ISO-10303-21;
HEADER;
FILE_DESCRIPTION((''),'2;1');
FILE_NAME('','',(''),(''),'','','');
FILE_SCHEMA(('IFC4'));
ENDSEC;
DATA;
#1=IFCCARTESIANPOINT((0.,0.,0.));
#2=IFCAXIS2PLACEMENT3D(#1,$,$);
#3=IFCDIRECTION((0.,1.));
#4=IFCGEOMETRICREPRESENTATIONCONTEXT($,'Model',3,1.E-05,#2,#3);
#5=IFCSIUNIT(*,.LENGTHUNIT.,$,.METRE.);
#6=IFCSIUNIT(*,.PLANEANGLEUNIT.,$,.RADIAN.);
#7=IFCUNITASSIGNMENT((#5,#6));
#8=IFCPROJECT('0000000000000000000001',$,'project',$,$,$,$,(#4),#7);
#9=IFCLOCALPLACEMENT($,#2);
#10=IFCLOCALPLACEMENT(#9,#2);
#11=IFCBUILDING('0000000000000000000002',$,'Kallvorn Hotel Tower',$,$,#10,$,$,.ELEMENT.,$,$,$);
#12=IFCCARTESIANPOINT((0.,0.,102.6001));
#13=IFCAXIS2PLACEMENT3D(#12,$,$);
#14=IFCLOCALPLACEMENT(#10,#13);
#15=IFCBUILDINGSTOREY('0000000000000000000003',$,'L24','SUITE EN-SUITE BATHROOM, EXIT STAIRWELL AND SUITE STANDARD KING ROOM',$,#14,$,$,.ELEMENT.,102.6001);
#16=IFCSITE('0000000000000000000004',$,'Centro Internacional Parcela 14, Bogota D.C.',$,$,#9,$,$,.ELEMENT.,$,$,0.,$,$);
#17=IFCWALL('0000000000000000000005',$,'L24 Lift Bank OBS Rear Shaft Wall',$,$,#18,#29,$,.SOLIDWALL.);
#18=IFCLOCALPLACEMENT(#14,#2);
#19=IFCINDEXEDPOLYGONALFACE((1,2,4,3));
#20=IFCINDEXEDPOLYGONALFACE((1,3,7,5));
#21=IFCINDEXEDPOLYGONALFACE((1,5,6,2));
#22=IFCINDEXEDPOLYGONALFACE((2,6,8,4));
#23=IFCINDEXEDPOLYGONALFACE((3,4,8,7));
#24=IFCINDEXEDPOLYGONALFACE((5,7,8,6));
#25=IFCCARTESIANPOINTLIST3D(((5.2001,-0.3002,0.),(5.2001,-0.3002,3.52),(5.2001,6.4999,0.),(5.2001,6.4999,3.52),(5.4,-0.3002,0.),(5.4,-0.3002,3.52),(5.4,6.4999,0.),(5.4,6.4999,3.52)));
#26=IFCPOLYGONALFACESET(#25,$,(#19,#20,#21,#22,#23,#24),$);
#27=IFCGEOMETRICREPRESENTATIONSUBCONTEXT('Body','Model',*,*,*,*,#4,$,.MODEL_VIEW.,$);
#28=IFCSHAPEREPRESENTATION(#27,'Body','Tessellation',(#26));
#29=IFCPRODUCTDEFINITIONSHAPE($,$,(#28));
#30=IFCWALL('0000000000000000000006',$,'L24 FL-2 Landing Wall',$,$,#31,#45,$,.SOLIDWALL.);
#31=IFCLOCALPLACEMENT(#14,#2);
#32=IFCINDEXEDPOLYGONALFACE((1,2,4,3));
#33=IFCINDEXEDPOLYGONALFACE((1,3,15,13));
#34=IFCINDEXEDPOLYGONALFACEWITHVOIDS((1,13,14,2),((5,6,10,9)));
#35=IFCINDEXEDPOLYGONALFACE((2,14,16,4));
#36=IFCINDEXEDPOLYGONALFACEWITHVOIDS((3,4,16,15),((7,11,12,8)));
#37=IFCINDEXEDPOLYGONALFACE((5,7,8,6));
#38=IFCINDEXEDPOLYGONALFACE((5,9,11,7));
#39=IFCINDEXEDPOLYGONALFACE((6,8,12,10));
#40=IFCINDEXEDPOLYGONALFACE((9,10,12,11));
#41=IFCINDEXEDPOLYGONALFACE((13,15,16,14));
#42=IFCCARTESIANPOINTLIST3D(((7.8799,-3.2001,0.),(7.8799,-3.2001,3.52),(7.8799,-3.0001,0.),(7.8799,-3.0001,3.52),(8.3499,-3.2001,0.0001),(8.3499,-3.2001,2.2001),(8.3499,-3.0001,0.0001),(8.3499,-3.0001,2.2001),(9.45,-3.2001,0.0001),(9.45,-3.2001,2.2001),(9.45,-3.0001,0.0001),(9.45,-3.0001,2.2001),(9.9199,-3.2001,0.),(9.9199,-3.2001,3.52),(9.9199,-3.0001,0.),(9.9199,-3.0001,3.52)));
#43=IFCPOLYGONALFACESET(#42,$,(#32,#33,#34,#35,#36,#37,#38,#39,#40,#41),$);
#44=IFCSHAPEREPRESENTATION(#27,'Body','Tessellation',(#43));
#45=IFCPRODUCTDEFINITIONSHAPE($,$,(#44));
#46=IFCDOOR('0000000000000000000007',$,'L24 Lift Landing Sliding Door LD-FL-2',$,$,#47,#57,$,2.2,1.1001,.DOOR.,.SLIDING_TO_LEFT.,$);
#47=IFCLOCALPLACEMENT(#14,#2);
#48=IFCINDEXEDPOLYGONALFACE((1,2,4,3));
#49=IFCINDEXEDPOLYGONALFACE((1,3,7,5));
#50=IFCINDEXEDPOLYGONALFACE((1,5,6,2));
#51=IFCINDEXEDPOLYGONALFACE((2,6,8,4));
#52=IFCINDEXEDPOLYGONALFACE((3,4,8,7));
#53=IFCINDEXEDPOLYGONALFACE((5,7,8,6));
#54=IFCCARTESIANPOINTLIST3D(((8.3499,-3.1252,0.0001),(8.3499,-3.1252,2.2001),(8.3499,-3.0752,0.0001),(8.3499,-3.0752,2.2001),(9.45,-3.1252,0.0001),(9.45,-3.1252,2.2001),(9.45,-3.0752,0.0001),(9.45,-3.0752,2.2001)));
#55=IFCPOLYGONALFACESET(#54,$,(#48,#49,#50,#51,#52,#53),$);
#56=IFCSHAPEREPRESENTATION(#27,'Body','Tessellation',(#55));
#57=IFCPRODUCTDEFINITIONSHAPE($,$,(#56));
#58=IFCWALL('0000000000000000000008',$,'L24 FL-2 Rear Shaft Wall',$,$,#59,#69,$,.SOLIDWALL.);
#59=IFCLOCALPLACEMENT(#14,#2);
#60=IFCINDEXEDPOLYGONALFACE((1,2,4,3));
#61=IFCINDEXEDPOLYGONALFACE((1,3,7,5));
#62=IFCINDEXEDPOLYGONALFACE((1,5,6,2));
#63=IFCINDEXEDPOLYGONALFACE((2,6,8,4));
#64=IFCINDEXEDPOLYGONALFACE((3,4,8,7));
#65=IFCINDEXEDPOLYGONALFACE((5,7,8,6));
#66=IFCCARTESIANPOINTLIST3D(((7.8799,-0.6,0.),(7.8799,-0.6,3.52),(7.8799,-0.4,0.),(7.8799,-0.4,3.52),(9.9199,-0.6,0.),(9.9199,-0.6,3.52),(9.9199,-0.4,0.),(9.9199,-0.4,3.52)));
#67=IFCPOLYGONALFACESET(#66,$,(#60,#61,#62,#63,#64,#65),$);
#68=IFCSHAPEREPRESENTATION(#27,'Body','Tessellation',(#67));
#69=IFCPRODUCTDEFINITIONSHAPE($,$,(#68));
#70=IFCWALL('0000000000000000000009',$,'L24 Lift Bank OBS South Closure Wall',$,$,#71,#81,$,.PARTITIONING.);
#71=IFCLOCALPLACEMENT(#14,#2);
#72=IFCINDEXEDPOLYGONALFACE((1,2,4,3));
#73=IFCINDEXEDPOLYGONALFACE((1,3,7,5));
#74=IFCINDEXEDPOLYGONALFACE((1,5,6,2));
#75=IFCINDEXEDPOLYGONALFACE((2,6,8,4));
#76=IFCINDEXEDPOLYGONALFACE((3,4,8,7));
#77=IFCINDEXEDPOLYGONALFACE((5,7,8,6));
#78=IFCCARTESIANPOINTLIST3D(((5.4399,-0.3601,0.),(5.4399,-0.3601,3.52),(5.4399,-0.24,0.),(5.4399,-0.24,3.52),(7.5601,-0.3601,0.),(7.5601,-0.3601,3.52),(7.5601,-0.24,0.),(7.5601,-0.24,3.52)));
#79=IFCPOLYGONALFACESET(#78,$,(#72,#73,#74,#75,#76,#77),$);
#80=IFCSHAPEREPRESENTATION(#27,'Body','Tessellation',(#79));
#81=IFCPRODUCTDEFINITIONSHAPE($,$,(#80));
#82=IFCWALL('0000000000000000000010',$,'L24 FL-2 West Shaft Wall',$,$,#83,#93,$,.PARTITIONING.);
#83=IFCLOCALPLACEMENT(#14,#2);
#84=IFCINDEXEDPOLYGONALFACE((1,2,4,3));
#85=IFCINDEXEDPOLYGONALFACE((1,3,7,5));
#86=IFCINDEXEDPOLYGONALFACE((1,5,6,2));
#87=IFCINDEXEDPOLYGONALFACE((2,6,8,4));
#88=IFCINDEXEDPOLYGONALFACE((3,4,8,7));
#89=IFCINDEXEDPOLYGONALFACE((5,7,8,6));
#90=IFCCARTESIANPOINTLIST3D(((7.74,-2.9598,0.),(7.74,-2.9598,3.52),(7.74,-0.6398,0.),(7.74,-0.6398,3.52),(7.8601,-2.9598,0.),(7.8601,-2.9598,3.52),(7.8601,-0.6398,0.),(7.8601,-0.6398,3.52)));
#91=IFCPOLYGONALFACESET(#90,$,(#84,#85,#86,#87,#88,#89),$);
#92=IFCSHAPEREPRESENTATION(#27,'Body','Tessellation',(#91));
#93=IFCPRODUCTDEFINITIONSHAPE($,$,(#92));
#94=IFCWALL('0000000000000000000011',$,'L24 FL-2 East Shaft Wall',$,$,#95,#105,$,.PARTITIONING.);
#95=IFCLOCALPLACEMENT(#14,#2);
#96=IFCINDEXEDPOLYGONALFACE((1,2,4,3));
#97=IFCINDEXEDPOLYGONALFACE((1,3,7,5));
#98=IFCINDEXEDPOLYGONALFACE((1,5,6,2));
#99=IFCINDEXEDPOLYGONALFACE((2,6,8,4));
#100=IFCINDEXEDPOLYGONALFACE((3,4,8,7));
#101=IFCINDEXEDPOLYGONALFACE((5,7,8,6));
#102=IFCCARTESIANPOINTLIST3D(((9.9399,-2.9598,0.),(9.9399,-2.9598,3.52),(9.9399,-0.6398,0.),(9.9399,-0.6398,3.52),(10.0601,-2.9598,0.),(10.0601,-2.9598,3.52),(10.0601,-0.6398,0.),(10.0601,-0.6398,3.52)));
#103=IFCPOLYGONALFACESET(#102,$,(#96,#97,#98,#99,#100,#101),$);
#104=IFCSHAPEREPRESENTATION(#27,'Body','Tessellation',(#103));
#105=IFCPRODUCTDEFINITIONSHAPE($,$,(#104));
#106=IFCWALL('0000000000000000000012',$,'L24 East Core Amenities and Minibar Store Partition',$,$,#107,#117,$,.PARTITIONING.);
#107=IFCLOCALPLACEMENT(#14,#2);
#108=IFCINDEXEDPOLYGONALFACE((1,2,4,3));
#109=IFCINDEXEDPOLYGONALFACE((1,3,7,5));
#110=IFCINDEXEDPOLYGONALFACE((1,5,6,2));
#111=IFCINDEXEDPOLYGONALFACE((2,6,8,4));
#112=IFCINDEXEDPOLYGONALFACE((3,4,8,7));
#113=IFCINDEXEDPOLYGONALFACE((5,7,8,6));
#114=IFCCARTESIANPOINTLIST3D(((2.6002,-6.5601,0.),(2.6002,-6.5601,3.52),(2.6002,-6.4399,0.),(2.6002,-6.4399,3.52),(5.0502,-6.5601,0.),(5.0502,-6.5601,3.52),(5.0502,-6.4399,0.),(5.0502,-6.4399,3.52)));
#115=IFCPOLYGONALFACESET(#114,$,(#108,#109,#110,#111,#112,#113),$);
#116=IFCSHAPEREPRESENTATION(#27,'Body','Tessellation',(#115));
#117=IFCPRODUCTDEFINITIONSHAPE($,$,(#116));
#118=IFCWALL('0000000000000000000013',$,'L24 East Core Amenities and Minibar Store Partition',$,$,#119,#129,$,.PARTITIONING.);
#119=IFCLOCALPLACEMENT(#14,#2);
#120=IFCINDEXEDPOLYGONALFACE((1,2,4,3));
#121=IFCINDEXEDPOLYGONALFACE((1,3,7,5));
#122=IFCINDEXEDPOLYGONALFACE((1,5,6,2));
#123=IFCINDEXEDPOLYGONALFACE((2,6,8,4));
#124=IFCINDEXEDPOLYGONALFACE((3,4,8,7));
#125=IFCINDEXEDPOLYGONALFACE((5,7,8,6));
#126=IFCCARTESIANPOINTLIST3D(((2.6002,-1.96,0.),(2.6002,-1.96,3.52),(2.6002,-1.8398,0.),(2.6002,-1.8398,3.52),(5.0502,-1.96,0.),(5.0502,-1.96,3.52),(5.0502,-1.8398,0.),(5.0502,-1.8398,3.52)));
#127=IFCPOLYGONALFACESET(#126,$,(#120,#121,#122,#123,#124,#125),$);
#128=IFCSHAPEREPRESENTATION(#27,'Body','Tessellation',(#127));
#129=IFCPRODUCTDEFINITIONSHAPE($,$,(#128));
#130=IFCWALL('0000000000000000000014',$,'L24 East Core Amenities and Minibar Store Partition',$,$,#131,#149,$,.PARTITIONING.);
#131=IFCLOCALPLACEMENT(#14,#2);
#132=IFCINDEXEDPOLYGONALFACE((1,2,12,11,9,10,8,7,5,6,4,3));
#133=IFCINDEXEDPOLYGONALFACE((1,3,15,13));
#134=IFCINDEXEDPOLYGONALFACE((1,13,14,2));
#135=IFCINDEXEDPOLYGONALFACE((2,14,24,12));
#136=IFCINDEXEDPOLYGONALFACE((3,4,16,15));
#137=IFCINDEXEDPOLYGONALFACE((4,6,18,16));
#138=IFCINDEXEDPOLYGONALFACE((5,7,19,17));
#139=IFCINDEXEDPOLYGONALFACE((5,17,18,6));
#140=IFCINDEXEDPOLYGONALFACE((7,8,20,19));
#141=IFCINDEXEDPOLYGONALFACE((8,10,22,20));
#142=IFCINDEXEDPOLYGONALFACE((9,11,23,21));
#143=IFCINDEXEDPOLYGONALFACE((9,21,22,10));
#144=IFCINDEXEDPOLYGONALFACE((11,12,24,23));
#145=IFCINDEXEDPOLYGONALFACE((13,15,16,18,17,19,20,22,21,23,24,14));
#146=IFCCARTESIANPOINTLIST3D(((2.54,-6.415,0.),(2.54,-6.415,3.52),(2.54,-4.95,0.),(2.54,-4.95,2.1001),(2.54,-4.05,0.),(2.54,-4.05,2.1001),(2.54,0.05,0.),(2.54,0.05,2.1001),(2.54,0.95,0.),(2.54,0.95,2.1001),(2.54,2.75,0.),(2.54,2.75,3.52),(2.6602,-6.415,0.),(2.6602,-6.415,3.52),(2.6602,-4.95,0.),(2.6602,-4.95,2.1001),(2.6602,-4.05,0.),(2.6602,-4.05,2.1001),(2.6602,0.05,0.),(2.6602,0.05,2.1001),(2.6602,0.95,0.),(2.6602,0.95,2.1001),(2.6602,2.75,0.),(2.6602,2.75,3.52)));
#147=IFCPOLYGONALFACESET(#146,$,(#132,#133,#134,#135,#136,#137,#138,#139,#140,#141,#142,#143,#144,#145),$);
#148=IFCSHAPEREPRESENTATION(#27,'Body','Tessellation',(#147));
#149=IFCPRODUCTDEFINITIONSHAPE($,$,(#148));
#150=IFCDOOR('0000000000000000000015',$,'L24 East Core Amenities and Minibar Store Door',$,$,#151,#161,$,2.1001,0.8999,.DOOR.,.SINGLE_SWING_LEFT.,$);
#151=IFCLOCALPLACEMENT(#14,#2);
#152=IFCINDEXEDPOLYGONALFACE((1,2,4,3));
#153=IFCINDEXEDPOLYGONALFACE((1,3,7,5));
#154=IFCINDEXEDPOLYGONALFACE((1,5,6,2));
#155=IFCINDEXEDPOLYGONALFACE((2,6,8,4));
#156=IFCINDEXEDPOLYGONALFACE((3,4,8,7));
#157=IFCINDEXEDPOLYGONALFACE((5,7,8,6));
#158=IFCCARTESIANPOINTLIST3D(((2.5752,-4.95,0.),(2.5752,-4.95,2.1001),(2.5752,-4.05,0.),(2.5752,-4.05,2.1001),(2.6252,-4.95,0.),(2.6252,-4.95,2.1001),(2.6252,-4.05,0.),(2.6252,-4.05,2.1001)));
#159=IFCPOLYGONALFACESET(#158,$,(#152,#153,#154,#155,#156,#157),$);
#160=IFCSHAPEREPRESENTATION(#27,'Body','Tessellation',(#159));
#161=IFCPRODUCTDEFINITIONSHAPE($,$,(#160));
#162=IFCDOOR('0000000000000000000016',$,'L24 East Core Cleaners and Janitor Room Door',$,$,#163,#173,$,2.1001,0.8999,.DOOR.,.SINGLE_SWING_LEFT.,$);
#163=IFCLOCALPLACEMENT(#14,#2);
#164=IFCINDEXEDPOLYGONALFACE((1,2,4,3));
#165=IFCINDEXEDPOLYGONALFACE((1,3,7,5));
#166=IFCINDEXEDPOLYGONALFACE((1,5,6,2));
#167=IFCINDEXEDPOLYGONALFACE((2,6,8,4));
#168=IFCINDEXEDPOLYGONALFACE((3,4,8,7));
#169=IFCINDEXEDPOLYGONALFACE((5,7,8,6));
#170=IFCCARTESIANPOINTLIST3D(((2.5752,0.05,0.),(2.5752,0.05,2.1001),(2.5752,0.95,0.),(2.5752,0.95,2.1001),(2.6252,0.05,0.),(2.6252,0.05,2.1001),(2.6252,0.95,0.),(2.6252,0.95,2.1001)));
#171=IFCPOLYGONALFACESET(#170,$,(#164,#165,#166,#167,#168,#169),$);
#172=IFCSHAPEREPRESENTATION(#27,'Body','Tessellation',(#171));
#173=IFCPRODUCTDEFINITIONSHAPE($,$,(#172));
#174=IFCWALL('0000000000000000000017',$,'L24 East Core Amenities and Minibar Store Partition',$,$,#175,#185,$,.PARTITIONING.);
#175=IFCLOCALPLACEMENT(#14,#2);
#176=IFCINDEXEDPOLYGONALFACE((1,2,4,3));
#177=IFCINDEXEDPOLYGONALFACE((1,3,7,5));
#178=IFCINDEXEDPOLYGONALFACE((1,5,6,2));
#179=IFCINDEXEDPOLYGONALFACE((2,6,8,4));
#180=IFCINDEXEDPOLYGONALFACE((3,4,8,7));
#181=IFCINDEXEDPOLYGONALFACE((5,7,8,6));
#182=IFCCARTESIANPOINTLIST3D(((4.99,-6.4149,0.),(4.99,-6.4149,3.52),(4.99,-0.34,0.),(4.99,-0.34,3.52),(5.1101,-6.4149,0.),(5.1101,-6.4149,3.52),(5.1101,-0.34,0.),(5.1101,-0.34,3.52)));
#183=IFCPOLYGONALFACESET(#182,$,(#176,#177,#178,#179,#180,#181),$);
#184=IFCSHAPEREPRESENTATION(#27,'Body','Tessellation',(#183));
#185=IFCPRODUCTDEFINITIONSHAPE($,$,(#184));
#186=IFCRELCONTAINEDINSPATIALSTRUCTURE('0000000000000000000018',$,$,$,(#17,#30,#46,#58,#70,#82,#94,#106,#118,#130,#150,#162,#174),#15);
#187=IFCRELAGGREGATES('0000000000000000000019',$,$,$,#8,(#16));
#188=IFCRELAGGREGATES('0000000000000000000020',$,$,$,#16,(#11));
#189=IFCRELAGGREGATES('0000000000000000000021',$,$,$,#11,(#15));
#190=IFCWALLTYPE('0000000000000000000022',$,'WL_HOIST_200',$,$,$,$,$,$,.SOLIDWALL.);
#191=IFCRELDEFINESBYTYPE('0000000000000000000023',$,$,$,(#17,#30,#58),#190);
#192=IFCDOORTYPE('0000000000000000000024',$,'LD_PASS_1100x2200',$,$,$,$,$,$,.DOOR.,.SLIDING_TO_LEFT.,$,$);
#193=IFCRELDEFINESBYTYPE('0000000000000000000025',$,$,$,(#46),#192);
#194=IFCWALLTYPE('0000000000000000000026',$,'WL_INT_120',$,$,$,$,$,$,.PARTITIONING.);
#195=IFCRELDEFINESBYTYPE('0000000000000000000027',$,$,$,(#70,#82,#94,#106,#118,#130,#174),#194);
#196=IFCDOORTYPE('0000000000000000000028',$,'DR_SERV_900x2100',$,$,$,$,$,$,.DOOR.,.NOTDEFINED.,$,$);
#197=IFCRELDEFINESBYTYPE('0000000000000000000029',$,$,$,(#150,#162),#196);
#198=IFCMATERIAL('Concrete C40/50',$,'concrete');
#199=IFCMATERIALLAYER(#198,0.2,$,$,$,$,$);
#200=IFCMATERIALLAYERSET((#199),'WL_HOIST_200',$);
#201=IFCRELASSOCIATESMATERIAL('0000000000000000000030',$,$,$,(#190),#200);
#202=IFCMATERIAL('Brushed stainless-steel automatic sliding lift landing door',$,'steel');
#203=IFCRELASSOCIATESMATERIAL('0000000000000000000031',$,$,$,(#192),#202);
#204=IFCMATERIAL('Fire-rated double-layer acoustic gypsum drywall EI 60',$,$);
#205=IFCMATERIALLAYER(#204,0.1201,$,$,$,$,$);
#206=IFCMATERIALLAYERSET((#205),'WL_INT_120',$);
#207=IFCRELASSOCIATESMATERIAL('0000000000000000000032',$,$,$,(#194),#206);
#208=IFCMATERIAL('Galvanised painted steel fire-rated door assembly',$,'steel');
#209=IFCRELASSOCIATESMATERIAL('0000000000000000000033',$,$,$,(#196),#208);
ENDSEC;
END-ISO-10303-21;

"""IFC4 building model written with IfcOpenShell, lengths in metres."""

from ifc_helpers import new_model, si_unit, direction, frame, frame_2d, origin, place, context, subcontext, project, spatial, rectangle, extrude, material, layer, layer_set, type_object, element, fill, save


model = new_model("IFC4")

# Units and contexts
model_context = context("Model", 3, precision=1e-05, world=origin(), true_north=direction((0.0, 1.0)))
body_context = subcontext(model_context, "Body", "Model", "MODEL_VIEW")
ifc_project = project(units=[si_unit("LENGTHUNIT", "METRE"), si_unit("PLANEANGLEUNIT", "RADIAN")], contexts=[model_context])

# Site, building, storey
site_placement = place(None, origin())
site = spatial("IfcSite", under=ifc_project, at=site_placement, Name="Centro Internacional Parcela 14, Bogota D.C.", CompositionType="ELEMENT", RefElevation=0.0)
building_placement = place(site_placement, origin())
building = spatial("IfcBuilding", under=site, at=building_placement, Name="Kallvorn Hotel Tower", CompositionType="ELEMENT")
storey_placement = place(building_placement, frame((0.0, 0.0, 102.6001)))
storey = spatial("IfcBuildingStorey", under=building, at=storey_placement, Name="L24", Description="SUITE EN-SUITE BATHROOM, EXIT STAIRWELL AND SUITE STANDARD KING ROOM", CompositionType="ELEMENT", Elevation=102.6001)

# Wall
ifc_material_1 = material(Name="Concrete C40/50", Category="concrete")
ifc_layer_1 = layer(ifc_material_1, 0.2)
ifc_layer_set_1 = layer_set([ifc_layer_1], Name="WL_HOIST_200")
wall_type_1 = type_object("IfcWallType", Name="WL_HOIST_200", PredefinedType="SOLIDWALL", material=ifc_layer_set_1)
for number, where, z_axis, x_axis, name in (
    (1, (5.3, -0.3, 0.0), (0.0, 0.0, 1.0), (0.0, 1.0, 0.0), "L24 Lift Bank OBS Rear Shaft Wall"),
):
    element("IfcWall", number, at=place(storey_placement, frame(where, z_axis=z_axis, x_axis=x_axis)), inside=storey, type_object=wall_type_1, Name=name, PredefinedType="SOLIDWALL", context=body_context, shape_type="SweptSolid", body=[
        extrude(rectangle(XDim=6.8, YDim=0.2, at=frame_2d((3.3999, 0.0))), origin(), (0.0, 0.0, 1.0), 3.52),
    ])

# Wall, opening, door
wall_1_placement = place(storey_placement, frame((7.8799, -3.1001, 0.0), z_axis=(0.0, 0.0, 1.0), x_axis=(1.0, 0.0, 0.0)))
wall_1 = element("IfcWall", 2, at=wall_1_placement, inside=storey, type_object=wall_type_1, Name="L24 FL-2 Landing Wall", PredefinedType="SOLIDWALL", context=body_context, shape_type="SweptSolid", body=[
    extrude(rectangle(XDim=2.04, YDim=0.2, at=frame_2d((1.02, 0.0))), origin(), (0.0, 0.0, 1.0), 3.52),
])
opening_1_placement = place(wall_1_placement, frame((0.47, 0.0, 0.0)))
opening_1 = element("IfcOpeningElement", 3, at=opening_1_placement, cuts=wall_1, PredefinedType="OPENING", context=body_context, shape_type="SweptSolid", body=[
    extrude(rectangle(XDim=1.1001, YDim=2.2, at=frame_2d((0.55, 1.1001))), frame((0.0, 0.115, 0.0), z_axis=(0.0, -1.0, 0.0), x_axis=(1.0, 0.0, 0.0)), (0.0, 0.0, 1.0), 0.23),
])
ifc_material_2 = material(Name="Brushed stainless-steel automatic sliding lift landing door", Category="steel")
door_type_1 = type_object("IfcDoorType", Name="LD_PASS_1100x2200", OperationType="SLIDING_TO_LEFT", PredefinedType="DOOR", material=ifc_material_2)
door_1_placement = place(opening_1_placement, origin())
door_1 = element("IfcDoor", 4, at=door_1_placement, inside=storey, type_object=door_type_1, Name="L24 Lift Landing Sliding Door LD-FL-2", OperationType="SLIDING_TO_LEFT", OverallHeight=2.2, OverallWidth=1.1001, PredefinedType="DOOR", context=body_context, shape_type="SweptSolid", body=[
    extrude(rectangle(XDim=1.1001, YDim=2.2, at=frame_2d((0.55, 1.1001))), frame((0.0, 0.0249, 0.0), z_axis=(0.0, -1.0, 0.0), x_axis=(1.0, 0.0, 0.0)), (0.0, 0.0, 1.0), 0.05),
])
fill(opening_1, door_1)

# Walls
wall_2_placement = place(storey_placement, frame((7.8799, -0.5, 0.0), z_axis=(0.0, 0.0, 1.0), x_axis=(1.0, 0.0, 0.0)))
element("IfcWall", 5, at=wall_2_placement, inside=storey, type_object=wall_type_1, Name="L24 FL-2 Rear Shaft Wall", PredefinedType="SOLIDWALL", context=body_context, shape_type="SweptSolid", body=[
    extrude(rectangle(XDim=2.04, YDim=0.2, at=frame_2d((1.02, 0.0))), origin(), (0.0, 0.0, 1.0), 3.52),
])
ifc_material_3 = material(Name="Fire-rated double-layer acoustic gypsum drywall EI 60")
ifc_layer_2 = layer(ifc_material_3, 0.1201)
ifc_layer_set_2 = layer_set([ifc_layer_2], Name="WL_INT_120")
wall_type_2 = type_object("IfcWallType", Name="WL_INT_120", PredefinedType="PARTITIONING", material=ifc_layer_set_2)
wall_3_placement = place(storey_placement, frame((5.4399, -0.3, 0.0), z_axis=(0.0, 0.0, 1.0), x_axis=(1.0, 0.0, 0.0)))
element("IfcWall", 6, at=wall_3_placement, inside=storey, type_object=wall_type_2, Name="L24 Lift Bank OBS South Closure Wall", PredefinedType="PARTITIONING", context=body_context, shape_type="SweptSolid", body=[
    extrude(rectangle(XDim=2.1201, YDim=0.1201, at=frame_2d((1.0601, 0.0))), origin(), (0.0, 0.0, 1.0), 3.52),
])
for number, where, z_axis, x_axis, name in (
    (7, (7.8, -2.96, 0.0), (0.0, 0.0, 1.0), (0.0, 1.0, 0.0), "L24 FL-2 West Shaft Wall"),
    (8, (10.0, -2.96, 0.0), (0.0, 0.0, 1.0), (0.0, 1.0, 0.0), "L24 FL-2 East Shaft Wall"),
):
    element("IfcWall", number, at=place(storey_placement, frame(where, z_axis=z_axis, x_axis=x_axis)), inside=storey, type_object=wall_type_2, Name=name, PredefinedType="PARTITIONING", context=body_context, shape_type="SweptSolid", body=[
        extrude(rectangle(XDim=2.3201, YDim=0.1201, at=frame_2d((1.1602, 0.0))), origin(), (0.0, 0.0, 1.0), 3.52),
    ])
for number, where, z_axis, x_axis, name in (
    (9, (2.6001, -6.5, 0.0), (0.0, 0.0, 1.0), (1.0, 0.0, 0.0), "L24 East Core Amenities and Minibar Store Partition"),
    (10, (2.6001, -1.8999, 0.0), (0.0, 0.0, 1.0), (1.0, 0.0, 0.0), "L24 East Core Amenities and Minibar Store Partition"),
):
    element("IfcWall", number, at=place(storey_placement, frame(where, z_axis=z_axis, x_axis=x_axis)), inside=storey, type_object=wall_type_2, Name=name, PredefinedType="PARTITIONING", context=body_context, shape_type="SweptSolid", body=[
        extrude(rectangle(XDim=2.45, YDim=0.1201, at=frame_2d((1.2251, 0.0))), origin(), (0.0, 0.0, 1.0), 3.52),
    ])

# Wall, openings, doors
wall_4_placement = place(storey_placement, frame((2.6001, -6.415, 0.0), z_axis=(0.0, 0.0, 1.0), x_axis=(0.0, 1.0, 0.0)))
wall_4 = element("IfcWall", 11, at=wall_4_placement, inside=storey, type_object=wall_type_2, Name="L24 East Core Amenities and Minibar Store Partition", PredefinedType="PARTITIONING", context=body_context, shape_type="SweptSolid", body=[
    extrude(rectangle(XDim=9.165, YDim=0.1201, at=frame_2d((4.5825, 0.0))), origin(), (0.0, 0.0, 1.0), 3.52),
])
opening_2_placement = place(wall_4_placement, frame((1.4651, 0.0, 0.0)))
opening_2 = element("IfcOpeningElement", 12, at=opening_2_placement, cuts=wall_4, PredefinedType="OPENING", context=body_context, shape_type="SweptSolid", body=[
    extrude(rectangle(XDim=0.8999, YDim=2.1001, at=frame_2d((0.45, 1.05))), frame((0.0, 0.075, 0.0), z_axis=(0.0, -1.0, 0.0), x_axis=(1.0, 0.0, 0.0)), (0.0, 0.0, 1.0), 0.1501),
])
opening_3_placement = place(wall_4_placement, frame((6.4651, 0.0, 0.0)))
opening_3 = element("IfcOpeningElement", 13, at=opening_3_placement, cuts=wall_4, PredefinedType="OPENING", context=body_context, shape_type="SweptSolid", body=[
    extrude(rectangle(XDim=0.8999, YDim=2.1001, at=frame_2d((0.45, 1.05))), frame((0.0, 0.075, 0.0), z_axis=(0.0, -1.0, 0.0), x_axis=(1.0, 0.0, 0.0)), (0.0, 0.0, 1.0), 0.1501),
])
ifc_material_4 = material(Name="Galvanised painted steel fire-rated door assembly", Category="steel")
door_type_2 = type_object("IfcDoorType", Name="DR_SERV_900x2100", OperationType="NOTDEFINED", PredefinedType="DOOR", material=ifc_material_4)
door_2_placement = place(opening_2_placement, origin())
door_2 = element("IfcDoor", 14, at=door_2_placement, inside=storey, type_object=door_type_2, Name="L24 East Core Amenities and Minibar Store Door", OperationType="SINGLE_SWING_LEFT", OverallHeight=2.1001, OverallWidth=0.8999, PredefinedType="DOOR", context=body_context, shape_type="SweptSolid", body=[
    extrude(rectangle(XDim=0.8999, YDim=2.1001, at=frame_2d((0.45, 1.05))), frame((0.0, 0.0249, 0.0), z_axis=(0.0, -1.0, 0.0), x_axis=(1.0, 0.0, 0.0)), (0.0, 0.0, 1.0), 0.05),
])
fill(opening_2, door_2)
door_3_placement = place(opening_3_placement, origin())
door_3 = element("IfcDoor", 15, at=door_3_placement, inside=storey, type_object=door_type_2, Name="L24 East Core Cleaners and Janitor Room Door", OperationType="SINGLE_SWING_LEFT", OverallHeight=2.1001, OverallWidth=0.8999, PredefinedType="DOOR", context=body_context, shape_type="SweptSolid", body=[
    extrude(rectangle(XDim=0.8999, YDim=2.1001, at=frame_2d((0.45, 1.05))), frame((0.0, 0.0249, 0.0), z_axis=(0.0, -1.0, 0.0), x_axis=(1.0, 0.0, 0.0)), (0.0, 0.0, 1.0), 0.05),
])
fill(opening_3, door_3)

# Wall
wall_5_placement = place(storey_placement, frame((5.05, -6.415, 0.0), z_axis=(0.0, 0.0, 1.0), x_axis=(0.0, 1.0, 0.0)))
element("IfcWall", 16, at=wall_5_placement, inside=storey, type_object=wall_type_2, Name="L24 East Core Amenities and Minibar Store Partition", PredefinedType="PARTITIONING", context=body_context, shape_type="SweptSolid", body=[
    extrude(rectangle(XDim=6.075, YDim=0.1201, at=frame_2d((3.0376, 0.0))), origin(), (0.0, 0.0, 1.0), 3.52),
])

save(model, "model.ifc")
